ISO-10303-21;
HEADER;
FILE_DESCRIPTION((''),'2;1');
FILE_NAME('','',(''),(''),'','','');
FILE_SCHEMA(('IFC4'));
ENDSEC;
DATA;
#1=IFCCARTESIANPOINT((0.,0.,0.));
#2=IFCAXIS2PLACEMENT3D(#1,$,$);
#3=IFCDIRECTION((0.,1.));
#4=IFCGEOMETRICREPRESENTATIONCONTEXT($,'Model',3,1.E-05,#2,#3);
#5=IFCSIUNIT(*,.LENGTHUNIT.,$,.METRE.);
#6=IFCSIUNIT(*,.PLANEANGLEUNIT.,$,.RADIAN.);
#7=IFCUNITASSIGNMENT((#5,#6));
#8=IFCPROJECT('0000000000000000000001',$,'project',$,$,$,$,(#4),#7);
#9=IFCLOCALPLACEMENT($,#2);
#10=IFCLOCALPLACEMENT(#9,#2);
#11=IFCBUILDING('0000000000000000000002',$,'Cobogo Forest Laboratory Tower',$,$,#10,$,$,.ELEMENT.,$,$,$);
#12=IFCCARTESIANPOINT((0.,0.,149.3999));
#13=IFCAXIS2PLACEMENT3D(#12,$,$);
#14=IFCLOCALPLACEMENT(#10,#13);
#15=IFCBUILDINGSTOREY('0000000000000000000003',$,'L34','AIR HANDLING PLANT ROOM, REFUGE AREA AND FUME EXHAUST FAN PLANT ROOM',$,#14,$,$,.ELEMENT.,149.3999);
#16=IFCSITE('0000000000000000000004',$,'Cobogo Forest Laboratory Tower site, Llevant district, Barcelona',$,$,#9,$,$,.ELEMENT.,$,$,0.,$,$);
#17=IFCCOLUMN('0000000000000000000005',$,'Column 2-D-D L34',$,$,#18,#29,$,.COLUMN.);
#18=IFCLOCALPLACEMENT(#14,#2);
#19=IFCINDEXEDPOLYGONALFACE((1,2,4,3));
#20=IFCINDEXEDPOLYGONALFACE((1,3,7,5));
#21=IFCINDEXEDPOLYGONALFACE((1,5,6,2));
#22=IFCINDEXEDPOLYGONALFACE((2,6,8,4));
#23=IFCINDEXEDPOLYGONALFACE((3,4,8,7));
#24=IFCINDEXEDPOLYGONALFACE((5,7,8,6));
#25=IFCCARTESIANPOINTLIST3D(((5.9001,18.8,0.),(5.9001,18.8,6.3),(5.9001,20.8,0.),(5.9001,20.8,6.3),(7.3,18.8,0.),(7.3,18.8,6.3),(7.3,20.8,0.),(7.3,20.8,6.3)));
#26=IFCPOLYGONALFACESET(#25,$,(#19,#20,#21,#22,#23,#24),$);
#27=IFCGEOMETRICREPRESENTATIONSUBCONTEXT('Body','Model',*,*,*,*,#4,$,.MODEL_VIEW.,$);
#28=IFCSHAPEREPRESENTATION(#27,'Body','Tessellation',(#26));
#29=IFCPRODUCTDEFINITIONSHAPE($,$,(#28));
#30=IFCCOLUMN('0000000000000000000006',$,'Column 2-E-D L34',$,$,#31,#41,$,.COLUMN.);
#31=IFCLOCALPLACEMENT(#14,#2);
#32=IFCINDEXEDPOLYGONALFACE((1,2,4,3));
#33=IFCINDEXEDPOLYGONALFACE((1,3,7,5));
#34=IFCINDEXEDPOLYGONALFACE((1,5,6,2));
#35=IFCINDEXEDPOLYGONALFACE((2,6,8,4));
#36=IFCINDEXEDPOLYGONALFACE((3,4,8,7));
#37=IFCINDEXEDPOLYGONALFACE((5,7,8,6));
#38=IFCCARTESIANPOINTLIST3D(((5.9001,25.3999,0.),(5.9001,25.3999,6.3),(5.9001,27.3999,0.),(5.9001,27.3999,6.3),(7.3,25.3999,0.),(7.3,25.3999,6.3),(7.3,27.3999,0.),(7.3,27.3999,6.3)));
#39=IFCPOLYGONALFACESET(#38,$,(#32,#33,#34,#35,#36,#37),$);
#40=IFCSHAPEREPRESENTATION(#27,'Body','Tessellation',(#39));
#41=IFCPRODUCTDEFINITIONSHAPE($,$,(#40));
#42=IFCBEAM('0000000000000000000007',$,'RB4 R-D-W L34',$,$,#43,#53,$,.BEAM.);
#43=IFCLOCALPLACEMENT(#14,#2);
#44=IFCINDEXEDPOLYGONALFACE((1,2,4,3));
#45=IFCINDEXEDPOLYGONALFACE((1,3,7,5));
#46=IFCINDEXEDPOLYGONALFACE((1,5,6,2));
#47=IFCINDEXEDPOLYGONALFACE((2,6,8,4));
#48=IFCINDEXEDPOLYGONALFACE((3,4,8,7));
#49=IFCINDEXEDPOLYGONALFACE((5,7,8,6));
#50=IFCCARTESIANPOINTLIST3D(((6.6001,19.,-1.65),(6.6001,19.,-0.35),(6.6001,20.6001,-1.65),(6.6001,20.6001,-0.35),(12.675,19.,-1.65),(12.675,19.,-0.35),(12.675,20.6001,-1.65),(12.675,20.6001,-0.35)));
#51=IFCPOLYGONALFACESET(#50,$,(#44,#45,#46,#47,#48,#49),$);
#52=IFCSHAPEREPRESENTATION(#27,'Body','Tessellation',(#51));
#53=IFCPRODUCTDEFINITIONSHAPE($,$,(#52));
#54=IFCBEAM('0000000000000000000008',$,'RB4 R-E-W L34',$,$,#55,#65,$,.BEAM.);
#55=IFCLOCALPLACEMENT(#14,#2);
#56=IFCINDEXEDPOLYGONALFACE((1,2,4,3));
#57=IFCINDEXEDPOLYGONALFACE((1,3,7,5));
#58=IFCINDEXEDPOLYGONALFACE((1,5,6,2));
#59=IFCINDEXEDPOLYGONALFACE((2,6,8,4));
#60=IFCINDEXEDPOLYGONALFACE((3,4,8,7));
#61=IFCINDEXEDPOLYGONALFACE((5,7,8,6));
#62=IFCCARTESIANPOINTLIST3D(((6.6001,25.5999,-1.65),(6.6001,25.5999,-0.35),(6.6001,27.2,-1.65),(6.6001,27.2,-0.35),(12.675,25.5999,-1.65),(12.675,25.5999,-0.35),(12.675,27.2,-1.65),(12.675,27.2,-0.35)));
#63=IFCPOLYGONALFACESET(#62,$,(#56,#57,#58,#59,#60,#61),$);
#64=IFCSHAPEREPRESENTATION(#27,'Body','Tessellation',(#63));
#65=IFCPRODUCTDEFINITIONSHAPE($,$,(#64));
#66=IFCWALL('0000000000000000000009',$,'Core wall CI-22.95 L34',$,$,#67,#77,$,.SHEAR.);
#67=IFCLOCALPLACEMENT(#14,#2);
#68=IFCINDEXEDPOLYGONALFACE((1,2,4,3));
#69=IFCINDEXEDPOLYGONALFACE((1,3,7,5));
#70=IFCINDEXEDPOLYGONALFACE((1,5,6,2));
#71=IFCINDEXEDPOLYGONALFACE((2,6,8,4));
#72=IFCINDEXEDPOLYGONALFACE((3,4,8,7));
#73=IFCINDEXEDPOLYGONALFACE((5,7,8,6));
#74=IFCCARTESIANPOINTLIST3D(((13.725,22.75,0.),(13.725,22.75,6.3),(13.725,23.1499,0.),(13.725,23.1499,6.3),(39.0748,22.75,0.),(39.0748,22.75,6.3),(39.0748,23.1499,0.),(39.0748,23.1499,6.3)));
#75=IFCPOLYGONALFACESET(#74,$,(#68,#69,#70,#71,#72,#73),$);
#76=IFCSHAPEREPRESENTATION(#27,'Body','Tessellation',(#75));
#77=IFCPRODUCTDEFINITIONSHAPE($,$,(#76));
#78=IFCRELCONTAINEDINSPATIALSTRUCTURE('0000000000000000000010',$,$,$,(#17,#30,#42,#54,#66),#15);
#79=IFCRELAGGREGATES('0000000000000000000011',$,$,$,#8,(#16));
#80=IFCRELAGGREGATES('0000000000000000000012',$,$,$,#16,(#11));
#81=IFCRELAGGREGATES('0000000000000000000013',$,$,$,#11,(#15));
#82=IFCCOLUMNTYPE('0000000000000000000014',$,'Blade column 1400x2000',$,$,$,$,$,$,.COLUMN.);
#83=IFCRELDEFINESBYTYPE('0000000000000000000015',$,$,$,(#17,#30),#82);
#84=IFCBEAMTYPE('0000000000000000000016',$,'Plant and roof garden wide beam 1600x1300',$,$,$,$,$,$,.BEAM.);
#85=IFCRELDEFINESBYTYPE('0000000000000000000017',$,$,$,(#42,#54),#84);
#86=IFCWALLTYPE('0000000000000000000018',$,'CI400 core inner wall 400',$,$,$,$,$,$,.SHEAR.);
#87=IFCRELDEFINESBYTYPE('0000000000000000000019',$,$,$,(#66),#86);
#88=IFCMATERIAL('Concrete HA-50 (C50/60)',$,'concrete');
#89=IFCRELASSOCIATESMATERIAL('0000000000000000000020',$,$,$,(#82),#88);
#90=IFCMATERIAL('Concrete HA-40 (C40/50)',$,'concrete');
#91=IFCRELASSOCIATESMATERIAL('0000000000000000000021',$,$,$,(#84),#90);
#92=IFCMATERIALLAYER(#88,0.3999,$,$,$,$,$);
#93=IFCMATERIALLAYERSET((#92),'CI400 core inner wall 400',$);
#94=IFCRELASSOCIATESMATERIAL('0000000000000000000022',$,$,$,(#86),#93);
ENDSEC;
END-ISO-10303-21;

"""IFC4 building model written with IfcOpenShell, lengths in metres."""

from ifc_helpers import new_model, si_unit, direction, frame, frame_2d, origin, origin_2d, place, context, subcontext, project, spatial, rectangle, extrude, material, layer, layer_set, material_profile, profile_set, type_object, element, save


model = new_model("IFC4")

# Units and contexts
model_context = context("Model", 3, precision=1e-05, world=origin(), true_north=direction((0.0, 1.0)))
body_context = subcontext(model_context, "Body", "Model", "MODEL_VIEW")
ifc_project = project(units=[si_unit("LENGTHUNIT", "METRE"), si_unit("PLANEANGLEUNIT", "RADIAN")], contexts=[model_context])

# Site, building, storey
site_placement = place(None, origin())
site = spatial("IfcSite", under=ifc_project, at=site_placement, Name="Cobogo Forest Laboratory Tower site, Llevant district, Barcelona", CompositionType="ELEMENT", RefElevation=0.0)
building_placement = place(site_placement, origin())
building = spatial("IfcBuilding", under=site, at=building_placement, Name="Cobogo Forest Laboratory Tower", CompositionType="ELEMENT")
storey_placement = place(building_placement, frame((0.0, 0.0, 149.3999)))
storey = spatial("IfcBuildingStorey", under=building, at=storey_placement, Name="L34", Description="AIR HANDLING PLANT ROOM, REFUGE AREA AND FUME EXHAUST FAN PLANT ROOM", CompositionType="ELEMENT", Elevation=149.3999)

# Columns
ifc_material_1 = material(Name="Concrete HA-50 (C50/60)", Category="concrete")
ifc_material_profile_1 = material_profile(ifc_material_1, rectangle(XDim=2.0, YDim=1.3999, at=origin_2d()), Name="RC 1400x2000")
ifc_profile_set_1 = profile_set([ifc_material_profile_1], Name="Concrete HA-50 (C50/60)")
column_type = type_object("IfcColumnType", Name="Blade column 1400x2000", PredefinedType="COLUMN", material=ifc_profile_set_1)
for number, where, z_axis, x_axis, name in (
    (1, (6.6001, 19.8, 0.0), (0.0, 0.0, 1.0), (0.0, 1.0, 0.0), "Column 2-D-D L34"),
    (2, (6.6001, 26.3999, 0.0), (0.0, 0.0, 1.0), (0.0, 1.0, 0.0), "Column 2-E-D L34"),
):
    element("IfcColumn", number, at=place(storey_placement, frame(where, z_axis=z_axis, x_axis=x_axis)), inside=storey, type_object=column_type, Name=name, PredefinedType="COLUMN", context=body_context, shape_type="SweptSolid", body=[
        extrude(rectangle(XDim=2.0, YDim=1.3999, at=origin_2d()), origin(), (0.0, 0.0, 1.0), 6.3),
    ])

# Beams
ifc_material_2 = material(Name="Concrete HA-40 (C40/50)", Category="concrete")
ifc_material_profile_2 = material_profile(ifc_material_2, rectangle(XDim=1.6001, YDim=1.3, at=origin_2d()), Name="RC 1600x1300")
ifc_profile_set_2 = profile_set([ifc_material_profile_2], Name="Concrete HA-40 (C40/50)")
beam_type = type_object("IfcBeamType", Name="Plant and roof garden wide beam 1600x1300", PredefinedType="BEAM", material=ifc_profile_set_2)
for number, where, z_axis, x_axis, name in (
    (3, (12.675, 19.8, -1.0), (-1.0, 0.0, 0.0), (0.0, -1.0, 0.0), "RB4 R-D-W L34"),
    (4, (12.675, 26.3999, -1.0), (-1.0, 0.0, 0.0), (0.0, -1.0, 0.0), "RB4 R-E-W L34"),
):
    element("IfcBeam", number, at=place(storey_placement, frame(where, z_axis=z_axis, x_axis=x_axis)), inside=storey, type_object=beam_type, Name=name, PredefinedType="BEAM", context=body_context, shape_type="SweptSolid", body=[
        extrude(rectangle(XDim=1.6001, YDim=1.3, at=origin_2d()), origin(), (0.0, 0.0, 1.0), 6.075),
    ])

# Wall
ifc_layer_1 = layer(ifc_material_1, 0.3999)
ifc_layer_set_1 = layer_set([ifc_layer_1], Name="CI400 core inner wall 400")
wall_type_1 = type_object("IfcWallType", Name="CI400 core inner wall 400", PredefinedType="SHEAR", material=ifc_layer_set_1)
wall_1_placement = place(storey_placement, frame((13.7251, 22.95, 0.0), z_axis=(0.0, 0.0, 1.0), x_axis=(1.0, 0.0, 0.0)))
element("IfcWall", 5, at=wall_1_placement, inside=storey, type_object=wall_type_1, Name="Core wall CI-22.95 L34", PredefinedType="SHEAR", context=body_context, shape_type="SweptSolid", body=[
    extrude(rectangle(XDim=25.3499, YDim=0.3999, at=frame_2d((12.6748, 0.0))), origin(), (0.0, 0.0, 1.0), 6.3),
])

save(model, "model.ifc")
